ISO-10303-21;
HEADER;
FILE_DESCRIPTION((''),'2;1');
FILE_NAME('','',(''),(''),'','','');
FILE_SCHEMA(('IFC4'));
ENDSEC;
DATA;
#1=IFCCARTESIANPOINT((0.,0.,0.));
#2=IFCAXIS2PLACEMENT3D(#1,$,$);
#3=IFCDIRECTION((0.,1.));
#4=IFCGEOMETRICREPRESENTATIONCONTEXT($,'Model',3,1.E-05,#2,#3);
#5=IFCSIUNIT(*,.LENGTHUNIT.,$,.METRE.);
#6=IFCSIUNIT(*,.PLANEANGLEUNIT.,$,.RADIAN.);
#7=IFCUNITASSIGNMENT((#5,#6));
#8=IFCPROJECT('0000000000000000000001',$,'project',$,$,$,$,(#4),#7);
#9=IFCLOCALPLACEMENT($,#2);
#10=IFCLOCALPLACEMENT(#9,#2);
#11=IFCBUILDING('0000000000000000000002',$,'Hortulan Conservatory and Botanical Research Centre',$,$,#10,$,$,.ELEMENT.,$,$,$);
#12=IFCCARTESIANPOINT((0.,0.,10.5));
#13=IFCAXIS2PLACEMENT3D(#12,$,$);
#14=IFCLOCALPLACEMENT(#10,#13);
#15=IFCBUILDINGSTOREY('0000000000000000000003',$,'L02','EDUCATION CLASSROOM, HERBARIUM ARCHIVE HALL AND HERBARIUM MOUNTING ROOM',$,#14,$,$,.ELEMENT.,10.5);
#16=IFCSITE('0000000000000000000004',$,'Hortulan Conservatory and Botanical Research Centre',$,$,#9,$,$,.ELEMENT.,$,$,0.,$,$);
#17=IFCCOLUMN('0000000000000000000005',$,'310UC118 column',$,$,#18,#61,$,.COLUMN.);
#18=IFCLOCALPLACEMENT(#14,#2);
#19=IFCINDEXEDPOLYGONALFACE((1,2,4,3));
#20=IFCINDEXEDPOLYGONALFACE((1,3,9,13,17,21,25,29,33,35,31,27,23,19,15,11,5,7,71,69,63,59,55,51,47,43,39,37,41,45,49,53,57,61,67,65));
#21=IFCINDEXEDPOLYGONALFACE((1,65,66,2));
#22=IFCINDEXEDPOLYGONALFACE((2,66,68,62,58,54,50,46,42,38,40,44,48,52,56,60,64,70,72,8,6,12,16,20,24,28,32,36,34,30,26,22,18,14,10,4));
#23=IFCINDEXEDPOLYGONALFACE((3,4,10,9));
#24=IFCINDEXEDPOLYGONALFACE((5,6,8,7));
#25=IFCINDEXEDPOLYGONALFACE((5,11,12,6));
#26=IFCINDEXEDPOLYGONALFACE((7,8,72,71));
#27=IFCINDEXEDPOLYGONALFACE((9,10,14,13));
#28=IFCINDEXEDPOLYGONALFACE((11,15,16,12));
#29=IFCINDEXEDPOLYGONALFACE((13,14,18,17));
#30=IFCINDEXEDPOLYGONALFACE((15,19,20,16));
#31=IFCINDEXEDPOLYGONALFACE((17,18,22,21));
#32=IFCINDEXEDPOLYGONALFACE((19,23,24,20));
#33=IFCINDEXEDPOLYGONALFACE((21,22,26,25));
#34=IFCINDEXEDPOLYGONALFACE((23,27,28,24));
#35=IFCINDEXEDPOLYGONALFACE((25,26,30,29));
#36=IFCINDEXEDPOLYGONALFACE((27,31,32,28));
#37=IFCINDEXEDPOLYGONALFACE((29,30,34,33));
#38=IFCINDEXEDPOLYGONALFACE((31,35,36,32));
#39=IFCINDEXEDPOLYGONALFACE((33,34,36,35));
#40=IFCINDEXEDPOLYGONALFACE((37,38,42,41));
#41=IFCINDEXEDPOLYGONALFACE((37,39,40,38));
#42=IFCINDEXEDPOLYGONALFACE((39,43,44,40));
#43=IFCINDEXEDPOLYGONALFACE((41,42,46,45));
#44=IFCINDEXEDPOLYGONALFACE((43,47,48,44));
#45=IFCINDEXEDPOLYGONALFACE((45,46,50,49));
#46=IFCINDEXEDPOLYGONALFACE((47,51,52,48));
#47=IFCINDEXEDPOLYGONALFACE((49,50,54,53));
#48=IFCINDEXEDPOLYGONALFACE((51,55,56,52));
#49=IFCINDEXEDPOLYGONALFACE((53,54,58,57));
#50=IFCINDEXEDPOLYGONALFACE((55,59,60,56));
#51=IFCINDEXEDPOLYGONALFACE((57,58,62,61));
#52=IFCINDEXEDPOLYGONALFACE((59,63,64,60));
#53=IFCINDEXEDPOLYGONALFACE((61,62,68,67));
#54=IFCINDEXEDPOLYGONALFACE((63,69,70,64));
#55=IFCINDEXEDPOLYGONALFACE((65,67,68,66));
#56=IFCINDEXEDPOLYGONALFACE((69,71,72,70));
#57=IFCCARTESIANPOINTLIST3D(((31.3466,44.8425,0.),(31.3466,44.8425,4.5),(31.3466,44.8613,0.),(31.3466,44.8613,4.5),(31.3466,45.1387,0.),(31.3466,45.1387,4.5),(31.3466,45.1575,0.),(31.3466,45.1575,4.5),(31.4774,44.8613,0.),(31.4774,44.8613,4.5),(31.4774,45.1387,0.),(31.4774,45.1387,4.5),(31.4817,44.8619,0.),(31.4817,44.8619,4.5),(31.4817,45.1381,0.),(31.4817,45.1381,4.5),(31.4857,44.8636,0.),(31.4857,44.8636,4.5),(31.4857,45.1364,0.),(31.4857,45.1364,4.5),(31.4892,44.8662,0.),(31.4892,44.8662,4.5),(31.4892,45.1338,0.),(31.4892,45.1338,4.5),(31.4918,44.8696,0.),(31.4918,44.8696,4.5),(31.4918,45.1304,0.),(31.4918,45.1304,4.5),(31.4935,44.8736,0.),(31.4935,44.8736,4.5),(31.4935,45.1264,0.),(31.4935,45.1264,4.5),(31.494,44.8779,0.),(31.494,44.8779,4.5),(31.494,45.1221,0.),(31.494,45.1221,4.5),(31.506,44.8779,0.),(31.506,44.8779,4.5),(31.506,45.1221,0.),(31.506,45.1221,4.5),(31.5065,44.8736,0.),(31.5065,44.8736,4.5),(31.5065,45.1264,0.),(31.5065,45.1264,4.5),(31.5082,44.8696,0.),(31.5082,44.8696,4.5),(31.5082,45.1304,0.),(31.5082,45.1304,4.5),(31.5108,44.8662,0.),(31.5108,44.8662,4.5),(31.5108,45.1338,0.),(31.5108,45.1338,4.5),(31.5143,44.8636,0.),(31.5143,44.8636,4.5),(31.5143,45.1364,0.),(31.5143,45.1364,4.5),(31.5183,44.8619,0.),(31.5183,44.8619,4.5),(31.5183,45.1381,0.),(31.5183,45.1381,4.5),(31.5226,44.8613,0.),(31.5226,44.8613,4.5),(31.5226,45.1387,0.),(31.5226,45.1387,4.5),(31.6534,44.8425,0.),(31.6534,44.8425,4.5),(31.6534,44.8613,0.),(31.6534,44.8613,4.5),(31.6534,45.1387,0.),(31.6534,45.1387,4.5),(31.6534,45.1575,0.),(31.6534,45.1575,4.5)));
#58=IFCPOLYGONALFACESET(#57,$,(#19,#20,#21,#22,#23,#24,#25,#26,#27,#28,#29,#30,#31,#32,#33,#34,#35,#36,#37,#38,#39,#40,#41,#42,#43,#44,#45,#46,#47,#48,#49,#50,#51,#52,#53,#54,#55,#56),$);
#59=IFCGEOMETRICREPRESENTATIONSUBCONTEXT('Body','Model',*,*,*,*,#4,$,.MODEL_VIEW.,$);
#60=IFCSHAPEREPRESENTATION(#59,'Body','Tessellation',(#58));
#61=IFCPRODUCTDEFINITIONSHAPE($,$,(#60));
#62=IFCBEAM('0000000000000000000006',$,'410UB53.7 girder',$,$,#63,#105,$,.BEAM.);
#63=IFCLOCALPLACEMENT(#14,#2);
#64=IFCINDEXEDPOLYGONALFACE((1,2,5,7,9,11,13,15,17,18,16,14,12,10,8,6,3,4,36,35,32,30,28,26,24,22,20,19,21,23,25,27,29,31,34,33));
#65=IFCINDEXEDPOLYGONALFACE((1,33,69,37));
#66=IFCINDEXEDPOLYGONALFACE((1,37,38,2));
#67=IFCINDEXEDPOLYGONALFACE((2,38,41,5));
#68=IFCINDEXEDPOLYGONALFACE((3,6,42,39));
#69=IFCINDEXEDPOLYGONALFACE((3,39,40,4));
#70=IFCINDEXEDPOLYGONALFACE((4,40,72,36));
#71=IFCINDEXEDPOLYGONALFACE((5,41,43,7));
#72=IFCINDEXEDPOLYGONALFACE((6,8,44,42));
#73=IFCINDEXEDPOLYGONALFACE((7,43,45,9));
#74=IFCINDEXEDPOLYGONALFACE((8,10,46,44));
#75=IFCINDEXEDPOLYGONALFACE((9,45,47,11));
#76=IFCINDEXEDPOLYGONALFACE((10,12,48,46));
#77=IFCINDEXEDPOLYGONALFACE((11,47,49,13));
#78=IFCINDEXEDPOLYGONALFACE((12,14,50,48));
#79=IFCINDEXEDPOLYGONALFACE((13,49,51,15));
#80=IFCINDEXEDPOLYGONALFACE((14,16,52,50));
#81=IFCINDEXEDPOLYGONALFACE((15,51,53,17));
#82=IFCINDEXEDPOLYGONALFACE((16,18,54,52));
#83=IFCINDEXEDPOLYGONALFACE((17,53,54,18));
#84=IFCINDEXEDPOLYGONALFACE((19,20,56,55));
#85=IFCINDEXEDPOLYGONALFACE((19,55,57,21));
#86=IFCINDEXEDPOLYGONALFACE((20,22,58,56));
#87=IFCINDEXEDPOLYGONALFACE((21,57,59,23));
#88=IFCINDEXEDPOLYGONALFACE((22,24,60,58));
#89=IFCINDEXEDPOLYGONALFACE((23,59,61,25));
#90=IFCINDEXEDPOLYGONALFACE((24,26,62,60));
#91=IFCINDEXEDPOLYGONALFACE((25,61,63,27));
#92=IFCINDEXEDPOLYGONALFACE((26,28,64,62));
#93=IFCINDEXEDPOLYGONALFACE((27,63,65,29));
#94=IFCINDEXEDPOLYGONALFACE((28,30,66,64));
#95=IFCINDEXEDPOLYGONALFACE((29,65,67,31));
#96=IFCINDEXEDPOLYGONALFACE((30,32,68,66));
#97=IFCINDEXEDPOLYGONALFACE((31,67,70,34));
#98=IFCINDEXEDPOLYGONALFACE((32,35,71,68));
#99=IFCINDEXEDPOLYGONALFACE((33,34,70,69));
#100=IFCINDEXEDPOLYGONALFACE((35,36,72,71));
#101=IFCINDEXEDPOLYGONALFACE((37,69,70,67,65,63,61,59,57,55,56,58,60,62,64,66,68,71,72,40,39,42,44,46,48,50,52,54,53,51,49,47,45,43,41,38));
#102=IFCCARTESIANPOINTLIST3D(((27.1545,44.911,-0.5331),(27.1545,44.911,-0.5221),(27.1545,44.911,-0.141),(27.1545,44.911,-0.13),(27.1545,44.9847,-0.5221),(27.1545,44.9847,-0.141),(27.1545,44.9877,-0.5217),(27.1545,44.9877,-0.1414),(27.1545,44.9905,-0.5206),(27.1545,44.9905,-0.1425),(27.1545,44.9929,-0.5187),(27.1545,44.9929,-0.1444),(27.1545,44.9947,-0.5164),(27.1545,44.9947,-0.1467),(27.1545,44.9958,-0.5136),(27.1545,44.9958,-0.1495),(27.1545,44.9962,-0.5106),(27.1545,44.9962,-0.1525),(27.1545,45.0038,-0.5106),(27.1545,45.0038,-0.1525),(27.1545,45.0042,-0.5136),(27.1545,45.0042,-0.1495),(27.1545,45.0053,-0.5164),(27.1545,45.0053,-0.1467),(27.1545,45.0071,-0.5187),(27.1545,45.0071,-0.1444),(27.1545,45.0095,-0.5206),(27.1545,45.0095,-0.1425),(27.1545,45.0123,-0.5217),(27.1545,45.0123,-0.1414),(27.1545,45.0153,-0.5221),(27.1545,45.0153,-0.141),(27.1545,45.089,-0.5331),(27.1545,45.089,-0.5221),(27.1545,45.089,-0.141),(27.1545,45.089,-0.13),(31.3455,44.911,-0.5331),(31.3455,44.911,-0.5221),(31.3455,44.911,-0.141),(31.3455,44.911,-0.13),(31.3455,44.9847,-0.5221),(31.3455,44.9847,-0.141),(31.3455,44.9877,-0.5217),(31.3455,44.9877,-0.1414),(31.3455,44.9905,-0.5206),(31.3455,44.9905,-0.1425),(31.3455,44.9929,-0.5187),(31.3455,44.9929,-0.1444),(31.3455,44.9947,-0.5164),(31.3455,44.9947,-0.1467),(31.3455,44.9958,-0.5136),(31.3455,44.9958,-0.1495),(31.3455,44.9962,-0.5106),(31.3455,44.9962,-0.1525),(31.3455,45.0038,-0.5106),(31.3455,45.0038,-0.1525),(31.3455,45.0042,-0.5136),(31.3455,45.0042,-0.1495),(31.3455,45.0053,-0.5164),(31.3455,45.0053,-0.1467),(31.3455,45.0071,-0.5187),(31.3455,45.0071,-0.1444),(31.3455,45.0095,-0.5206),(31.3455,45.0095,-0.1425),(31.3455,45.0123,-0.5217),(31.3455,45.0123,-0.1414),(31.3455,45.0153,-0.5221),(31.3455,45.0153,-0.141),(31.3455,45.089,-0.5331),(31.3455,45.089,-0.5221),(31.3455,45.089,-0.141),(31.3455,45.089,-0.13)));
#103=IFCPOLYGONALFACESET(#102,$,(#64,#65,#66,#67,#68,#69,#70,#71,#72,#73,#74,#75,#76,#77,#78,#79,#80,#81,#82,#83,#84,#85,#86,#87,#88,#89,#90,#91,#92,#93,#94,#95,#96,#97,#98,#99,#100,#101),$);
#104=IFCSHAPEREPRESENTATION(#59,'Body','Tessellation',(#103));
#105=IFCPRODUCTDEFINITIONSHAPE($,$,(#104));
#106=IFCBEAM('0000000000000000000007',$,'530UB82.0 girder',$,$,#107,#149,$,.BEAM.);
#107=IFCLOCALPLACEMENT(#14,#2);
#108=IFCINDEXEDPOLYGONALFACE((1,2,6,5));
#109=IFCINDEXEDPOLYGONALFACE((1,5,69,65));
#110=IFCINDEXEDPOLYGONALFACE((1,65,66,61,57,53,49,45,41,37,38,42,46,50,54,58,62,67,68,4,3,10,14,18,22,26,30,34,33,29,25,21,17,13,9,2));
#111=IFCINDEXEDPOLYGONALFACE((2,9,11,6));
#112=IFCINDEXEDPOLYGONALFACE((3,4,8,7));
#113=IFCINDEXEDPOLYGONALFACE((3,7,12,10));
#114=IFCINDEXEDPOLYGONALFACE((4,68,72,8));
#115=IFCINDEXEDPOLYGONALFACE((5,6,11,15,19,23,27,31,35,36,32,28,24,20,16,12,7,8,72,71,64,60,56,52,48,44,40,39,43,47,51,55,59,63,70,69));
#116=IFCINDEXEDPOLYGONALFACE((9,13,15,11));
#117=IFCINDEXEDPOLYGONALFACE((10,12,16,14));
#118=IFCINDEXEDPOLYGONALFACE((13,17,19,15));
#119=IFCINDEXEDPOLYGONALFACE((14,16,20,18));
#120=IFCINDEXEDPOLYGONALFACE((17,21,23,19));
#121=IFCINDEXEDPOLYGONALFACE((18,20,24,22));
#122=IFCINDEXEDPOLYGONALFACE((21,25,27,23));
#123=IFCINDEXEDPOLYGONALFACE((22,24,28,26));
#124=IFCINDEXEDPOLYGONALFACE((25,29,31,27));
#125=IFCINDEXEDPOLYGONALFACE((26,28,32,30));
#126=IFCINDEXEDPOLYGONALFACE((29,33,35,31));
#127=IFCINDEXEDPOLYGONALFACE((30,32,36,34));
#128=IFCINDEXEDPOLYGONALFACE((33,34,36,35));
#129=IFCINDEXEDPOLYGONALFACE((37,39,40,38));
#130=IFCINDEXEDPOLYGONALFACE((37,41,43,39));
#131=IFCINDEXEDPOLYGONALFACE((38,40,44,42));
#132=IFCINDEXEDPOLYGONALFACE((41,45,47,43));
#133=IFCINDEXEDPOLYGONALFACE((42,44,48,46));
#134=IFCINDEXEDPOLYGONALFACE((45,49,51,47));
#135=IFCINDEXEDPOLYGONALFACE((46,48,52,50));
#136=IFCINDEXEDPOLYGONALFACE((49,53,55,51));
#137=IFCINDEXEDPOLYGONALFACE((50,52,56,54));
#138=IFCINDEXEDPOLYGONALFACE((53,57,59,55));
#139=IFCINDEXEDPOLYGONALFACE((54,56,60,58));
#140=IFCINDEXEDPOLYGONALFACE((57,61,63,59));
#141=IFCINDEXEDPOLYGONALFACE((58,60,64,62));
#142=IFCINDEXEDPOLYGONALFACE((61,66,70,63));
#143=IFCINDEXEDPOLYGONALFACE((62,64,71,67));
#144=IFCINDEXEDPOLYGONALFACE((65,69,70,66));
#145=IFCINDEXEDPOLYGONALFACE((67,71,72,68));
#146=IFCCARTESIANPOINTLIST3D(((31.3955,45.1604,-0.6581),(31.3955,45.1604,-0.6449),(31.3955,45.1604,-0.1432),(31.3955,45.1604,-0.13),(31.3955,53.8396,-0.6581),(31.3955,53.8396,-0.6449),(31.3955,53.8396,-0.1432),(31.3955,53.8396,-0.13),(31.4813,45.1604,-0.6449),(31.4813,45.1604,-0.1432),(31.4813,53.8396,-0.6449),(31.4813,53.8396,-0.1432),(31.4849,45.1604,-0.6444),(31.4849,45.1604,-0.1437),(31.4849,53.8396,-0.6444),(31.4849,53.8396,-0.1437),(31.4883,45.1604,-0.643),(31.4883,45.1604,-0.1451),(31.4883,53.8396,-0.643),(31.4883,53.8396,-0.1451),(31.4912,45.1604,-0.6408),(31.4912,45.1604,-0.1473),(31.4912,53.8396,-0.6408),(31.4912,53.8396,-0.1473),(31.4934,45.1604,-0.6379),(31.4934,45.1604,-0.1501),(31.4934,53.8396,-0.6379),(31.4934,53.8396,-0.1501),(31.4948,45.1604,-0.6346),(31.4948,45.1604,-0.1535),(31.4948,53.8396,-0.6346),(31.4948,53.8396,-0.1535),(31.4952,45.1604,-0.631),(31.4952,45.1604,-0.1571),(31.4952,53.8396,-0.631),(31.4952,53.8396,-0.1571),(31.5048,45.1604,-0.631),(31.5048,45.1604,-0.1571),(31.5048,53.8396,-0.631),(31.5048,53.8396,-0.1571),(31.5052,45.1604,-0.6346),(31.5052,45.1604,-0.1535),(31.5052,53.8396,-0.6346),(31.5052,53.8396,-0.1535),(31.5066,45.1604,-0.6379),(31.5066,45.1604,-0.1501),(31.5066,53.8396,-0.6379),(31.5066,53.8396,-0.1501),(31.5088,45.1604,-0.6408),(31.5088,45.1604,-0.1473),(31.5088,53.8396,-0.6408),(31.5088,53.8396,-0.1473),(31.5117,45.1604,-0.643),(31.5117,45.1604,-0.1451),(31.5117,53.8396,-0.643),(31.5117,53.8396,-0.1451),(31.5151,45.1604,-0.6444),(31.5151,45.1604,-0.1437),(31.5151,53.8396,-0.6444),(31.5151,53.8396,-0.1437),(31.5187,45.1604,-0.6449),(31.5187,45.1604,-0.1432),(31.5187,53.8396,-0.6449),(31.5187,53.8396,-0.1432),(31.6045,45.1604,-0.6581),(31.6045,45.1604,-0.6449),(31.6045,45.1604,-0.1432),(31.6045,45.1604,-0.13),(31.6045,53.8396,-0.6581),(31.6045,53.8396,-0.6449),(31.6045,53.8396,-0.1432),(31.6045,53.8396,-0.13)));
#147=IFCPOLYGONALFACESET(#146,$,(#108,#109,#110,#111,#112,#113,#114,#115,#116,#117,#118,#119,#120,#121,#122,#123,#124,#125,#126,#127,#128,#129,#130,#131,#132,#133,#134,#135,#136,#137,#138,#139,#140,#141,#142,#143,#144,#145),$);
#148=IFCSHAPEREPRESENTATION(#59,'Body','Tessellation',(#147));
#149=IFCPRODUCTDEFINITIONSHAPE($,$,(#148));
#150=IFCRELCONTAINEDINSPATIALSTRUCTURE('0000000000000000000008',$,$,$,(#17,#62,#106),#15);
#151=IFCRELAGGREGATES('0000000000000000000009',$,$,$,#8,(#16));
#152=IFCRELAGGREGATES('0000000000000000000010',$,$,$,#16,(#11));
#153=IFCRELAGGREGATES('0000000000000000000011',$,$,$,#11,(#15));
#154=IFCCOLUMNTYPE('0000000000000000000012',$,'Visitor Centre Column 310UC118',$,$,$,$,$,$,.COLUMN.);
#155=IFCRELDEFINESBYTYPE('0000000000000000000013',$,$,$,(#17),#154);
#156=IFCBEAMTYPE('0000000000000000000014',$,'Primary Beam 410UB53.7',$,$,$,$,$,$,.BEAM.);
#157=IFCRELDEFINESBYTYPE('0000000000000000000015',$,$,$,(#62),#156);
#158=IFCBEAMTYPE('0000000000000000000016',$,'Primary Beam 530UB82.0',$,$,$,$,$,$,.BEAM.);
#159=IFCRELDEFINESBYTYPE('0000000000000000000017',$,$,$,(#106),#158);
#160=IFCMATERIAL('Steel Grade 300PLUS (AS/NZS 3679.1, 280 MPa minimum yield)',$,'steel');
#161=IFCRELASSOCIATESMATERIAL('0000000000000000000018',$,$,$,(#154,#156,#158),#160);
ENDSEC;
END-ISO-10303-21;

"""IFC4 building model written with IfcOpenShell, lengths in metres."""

from ifc_helpers import new_model, si_unit, direction, frame, origin, origin_2d, place, context, subcontext, project, spatial, i_section, extrude, material, material_profile, profile_set, type_object, element, save


model = new_model("IFC4")

# Units and contexts
model_context = context("Model", 3, precision=1e-05, world=origin(), true_north=direction((0.0, 1.0)))
body_context = subcontext(model_context, "Body", "Model", "MODEL_VIEW")
ifc_project = project(units=[si_unit("LENGTHUNIT", "METRE"), si_unit("PLANEANGLEUNIT", "RADIAN")], contexts=[model_context])

# Site, building, storey
site_placement = place(None, origin())
site = spatial("IfcSite", under=ifc_project, at=site_placement, Name="Hortulan Conservatory and Botanical Research Centre", CompositionType="ELEMENT", RefElevation=0.0)
building_placement = place(site_placement, origin())
building = spatial("IfcBuilding", under=site, at=building_placement, Name="Hortulan Conservatory and Botanical Research Centre", CompositionType="ELEMENT")
storey_placement = place(building_placement, frame((0.0, 0.0, 10.5)))
storey = spatial("IfcBuildingStorey", under=building, at=storey_placement, Name="L02", Description="EDUCATION CLASSROOM, HERBARIUM ARCHIVE HALL AND HERBARIUM MOUNTING ROOM", CompositionType="ELEMENT", Elevation=10.5)

# Column
ifc_material_1 = material(Name="Steel Grade 300PLUS (AS/NZS 3679.1, 280 MPa minimum yield)", Category="steel")
ifc_material_profile_1 = material_profile(ifc_material_1, i_section(OverallWidth=0.3069, OverallDepth=0.3149, WebThickness=0.012, FlangeThickness=0.0188, FilletRadius=0.0166, at=origin_2d()), Name="310UC118")
ifc_profile_set_1 = profile_set([ifc_material_profile_1], Name="Steel Grade 300PLUS (AS/NZS 3679.1, 280 MPa minimum yield)")
column_type_1 = type_object("IfcColumnType", Name="Visitor Centre Column 310UC118", PredefinedType="COLUMN", material=ifc_profile_set_1)
for number, where, z_axis, x_axis, name in (
    (1, (31.5, 45.0, 0.0), (0.0, 0.0, 1.0), (1.0, 0.0, 0.0), "310UC118 column"),
):
    element("IfcColumn", number, at=place(storey_placement, frame(where, z_axis=z_axis, x_axis=x_axis)), inside=storey, type_object=column_type_1, Name=name, PredefinedType="COLUMN", context=body_context, shape_type="SweptSolid", body=[
        extrude(i_section(OverallWidth=0.3069, OverallDepth=0.3149, WebThickness=0.012, FlangeThickness=0.0188, FilletRadius=0.0166, at=origin_2d()), origin(), (0.0, 0.0, 1.0), 4.5),
    ])

# Beams
ifc_material_profile_2 = material_profile(ifc_material_1, i_section(OverallWidth=0.178, OverallDepth=0.4031, WebThickness=0.0076, FlangeThickness=0.011, FilletRadius=0.0115, at=origin_2d()), Name="410UB53.7")
ifc_profile_set_2 = profile_set([ifc_material_profile_2], Name="Steel Grade 300PLUS (AS/NZS 3679.1, 280 MPa minimum yield)")
beam_type_1 = type_object("IfcBeamType", Name="Primary Beam 410UB53.7", PredefinedType="BEAM", material=ifc_profile_set_2)
beam_1_placement = place(storey_placement, frame((27.1545, 45.0, -0.3315), z_axis=(1.0, 0.0, 0.0), x_axis=(0.0, 1.0, 0.0)))
element("IfcBeam", 2, at=beam_1_placement, inside=storey, type_object=beam_type_1, Name="410UB53.7 girder", PredefinedType="BEAM", context=body_context, shape_type="SweptSolid", body=[
    extrude(i_section(OverallWidth=0.178, OverallDepth=0.4031, WebThickness=0.0076, FlangeThickness=0.011, FilletRadius=0.0115, at=origin_2d()), origin(), (0.0, 0.0, 1.0), 4.1909),
])
ifc_material_profile_3 = material_profile(ifc_material_1, i_section(OverallWidth=0.209, OverallDepth=0.5281, WebThickness=0.0095, FlangeThickness=0.0132, FilletRadius=0.0139, at=origin_2d()), Name="530UB82.0")
ifc_profile_set_3 = profile_set([ifc_material_profile_3], Name="Steel Grade 300PLUS (AS/NZS 3679.1, 280 MPa minimum yield)")
beam_type_2 = type_object("IfcBeamType", Name="Primary Beam 530UB82.0", PredefinedType="BEAM", material=ifc_profile_set_3)
beam_2_placement = place(storey_placement, frame((31.5, 45.1604, -0.394), z_axis=(0.0, 1.0, 0.0), x_axis=(-1.0, 0.0, 0.0)))
element("IfcBeam", 3, at=beam_2_placement, inside=storey, type_object=beam_type_2, Name="530UB82.0 girder", PredefinedType="BEAM", context=body_context, shape_type="SweptSolid", body=[
    extrude(i_section(OverallWidth=0.209, OverallDepth=0.5281, WebThickness=0.0095, FlangeThickness=0.0132, FilletRadius=0.0139, at=origin_2d()), origin(), (0.0, 0.0, 1.0), 8.6792),
])

save(model, "model.ifc")
